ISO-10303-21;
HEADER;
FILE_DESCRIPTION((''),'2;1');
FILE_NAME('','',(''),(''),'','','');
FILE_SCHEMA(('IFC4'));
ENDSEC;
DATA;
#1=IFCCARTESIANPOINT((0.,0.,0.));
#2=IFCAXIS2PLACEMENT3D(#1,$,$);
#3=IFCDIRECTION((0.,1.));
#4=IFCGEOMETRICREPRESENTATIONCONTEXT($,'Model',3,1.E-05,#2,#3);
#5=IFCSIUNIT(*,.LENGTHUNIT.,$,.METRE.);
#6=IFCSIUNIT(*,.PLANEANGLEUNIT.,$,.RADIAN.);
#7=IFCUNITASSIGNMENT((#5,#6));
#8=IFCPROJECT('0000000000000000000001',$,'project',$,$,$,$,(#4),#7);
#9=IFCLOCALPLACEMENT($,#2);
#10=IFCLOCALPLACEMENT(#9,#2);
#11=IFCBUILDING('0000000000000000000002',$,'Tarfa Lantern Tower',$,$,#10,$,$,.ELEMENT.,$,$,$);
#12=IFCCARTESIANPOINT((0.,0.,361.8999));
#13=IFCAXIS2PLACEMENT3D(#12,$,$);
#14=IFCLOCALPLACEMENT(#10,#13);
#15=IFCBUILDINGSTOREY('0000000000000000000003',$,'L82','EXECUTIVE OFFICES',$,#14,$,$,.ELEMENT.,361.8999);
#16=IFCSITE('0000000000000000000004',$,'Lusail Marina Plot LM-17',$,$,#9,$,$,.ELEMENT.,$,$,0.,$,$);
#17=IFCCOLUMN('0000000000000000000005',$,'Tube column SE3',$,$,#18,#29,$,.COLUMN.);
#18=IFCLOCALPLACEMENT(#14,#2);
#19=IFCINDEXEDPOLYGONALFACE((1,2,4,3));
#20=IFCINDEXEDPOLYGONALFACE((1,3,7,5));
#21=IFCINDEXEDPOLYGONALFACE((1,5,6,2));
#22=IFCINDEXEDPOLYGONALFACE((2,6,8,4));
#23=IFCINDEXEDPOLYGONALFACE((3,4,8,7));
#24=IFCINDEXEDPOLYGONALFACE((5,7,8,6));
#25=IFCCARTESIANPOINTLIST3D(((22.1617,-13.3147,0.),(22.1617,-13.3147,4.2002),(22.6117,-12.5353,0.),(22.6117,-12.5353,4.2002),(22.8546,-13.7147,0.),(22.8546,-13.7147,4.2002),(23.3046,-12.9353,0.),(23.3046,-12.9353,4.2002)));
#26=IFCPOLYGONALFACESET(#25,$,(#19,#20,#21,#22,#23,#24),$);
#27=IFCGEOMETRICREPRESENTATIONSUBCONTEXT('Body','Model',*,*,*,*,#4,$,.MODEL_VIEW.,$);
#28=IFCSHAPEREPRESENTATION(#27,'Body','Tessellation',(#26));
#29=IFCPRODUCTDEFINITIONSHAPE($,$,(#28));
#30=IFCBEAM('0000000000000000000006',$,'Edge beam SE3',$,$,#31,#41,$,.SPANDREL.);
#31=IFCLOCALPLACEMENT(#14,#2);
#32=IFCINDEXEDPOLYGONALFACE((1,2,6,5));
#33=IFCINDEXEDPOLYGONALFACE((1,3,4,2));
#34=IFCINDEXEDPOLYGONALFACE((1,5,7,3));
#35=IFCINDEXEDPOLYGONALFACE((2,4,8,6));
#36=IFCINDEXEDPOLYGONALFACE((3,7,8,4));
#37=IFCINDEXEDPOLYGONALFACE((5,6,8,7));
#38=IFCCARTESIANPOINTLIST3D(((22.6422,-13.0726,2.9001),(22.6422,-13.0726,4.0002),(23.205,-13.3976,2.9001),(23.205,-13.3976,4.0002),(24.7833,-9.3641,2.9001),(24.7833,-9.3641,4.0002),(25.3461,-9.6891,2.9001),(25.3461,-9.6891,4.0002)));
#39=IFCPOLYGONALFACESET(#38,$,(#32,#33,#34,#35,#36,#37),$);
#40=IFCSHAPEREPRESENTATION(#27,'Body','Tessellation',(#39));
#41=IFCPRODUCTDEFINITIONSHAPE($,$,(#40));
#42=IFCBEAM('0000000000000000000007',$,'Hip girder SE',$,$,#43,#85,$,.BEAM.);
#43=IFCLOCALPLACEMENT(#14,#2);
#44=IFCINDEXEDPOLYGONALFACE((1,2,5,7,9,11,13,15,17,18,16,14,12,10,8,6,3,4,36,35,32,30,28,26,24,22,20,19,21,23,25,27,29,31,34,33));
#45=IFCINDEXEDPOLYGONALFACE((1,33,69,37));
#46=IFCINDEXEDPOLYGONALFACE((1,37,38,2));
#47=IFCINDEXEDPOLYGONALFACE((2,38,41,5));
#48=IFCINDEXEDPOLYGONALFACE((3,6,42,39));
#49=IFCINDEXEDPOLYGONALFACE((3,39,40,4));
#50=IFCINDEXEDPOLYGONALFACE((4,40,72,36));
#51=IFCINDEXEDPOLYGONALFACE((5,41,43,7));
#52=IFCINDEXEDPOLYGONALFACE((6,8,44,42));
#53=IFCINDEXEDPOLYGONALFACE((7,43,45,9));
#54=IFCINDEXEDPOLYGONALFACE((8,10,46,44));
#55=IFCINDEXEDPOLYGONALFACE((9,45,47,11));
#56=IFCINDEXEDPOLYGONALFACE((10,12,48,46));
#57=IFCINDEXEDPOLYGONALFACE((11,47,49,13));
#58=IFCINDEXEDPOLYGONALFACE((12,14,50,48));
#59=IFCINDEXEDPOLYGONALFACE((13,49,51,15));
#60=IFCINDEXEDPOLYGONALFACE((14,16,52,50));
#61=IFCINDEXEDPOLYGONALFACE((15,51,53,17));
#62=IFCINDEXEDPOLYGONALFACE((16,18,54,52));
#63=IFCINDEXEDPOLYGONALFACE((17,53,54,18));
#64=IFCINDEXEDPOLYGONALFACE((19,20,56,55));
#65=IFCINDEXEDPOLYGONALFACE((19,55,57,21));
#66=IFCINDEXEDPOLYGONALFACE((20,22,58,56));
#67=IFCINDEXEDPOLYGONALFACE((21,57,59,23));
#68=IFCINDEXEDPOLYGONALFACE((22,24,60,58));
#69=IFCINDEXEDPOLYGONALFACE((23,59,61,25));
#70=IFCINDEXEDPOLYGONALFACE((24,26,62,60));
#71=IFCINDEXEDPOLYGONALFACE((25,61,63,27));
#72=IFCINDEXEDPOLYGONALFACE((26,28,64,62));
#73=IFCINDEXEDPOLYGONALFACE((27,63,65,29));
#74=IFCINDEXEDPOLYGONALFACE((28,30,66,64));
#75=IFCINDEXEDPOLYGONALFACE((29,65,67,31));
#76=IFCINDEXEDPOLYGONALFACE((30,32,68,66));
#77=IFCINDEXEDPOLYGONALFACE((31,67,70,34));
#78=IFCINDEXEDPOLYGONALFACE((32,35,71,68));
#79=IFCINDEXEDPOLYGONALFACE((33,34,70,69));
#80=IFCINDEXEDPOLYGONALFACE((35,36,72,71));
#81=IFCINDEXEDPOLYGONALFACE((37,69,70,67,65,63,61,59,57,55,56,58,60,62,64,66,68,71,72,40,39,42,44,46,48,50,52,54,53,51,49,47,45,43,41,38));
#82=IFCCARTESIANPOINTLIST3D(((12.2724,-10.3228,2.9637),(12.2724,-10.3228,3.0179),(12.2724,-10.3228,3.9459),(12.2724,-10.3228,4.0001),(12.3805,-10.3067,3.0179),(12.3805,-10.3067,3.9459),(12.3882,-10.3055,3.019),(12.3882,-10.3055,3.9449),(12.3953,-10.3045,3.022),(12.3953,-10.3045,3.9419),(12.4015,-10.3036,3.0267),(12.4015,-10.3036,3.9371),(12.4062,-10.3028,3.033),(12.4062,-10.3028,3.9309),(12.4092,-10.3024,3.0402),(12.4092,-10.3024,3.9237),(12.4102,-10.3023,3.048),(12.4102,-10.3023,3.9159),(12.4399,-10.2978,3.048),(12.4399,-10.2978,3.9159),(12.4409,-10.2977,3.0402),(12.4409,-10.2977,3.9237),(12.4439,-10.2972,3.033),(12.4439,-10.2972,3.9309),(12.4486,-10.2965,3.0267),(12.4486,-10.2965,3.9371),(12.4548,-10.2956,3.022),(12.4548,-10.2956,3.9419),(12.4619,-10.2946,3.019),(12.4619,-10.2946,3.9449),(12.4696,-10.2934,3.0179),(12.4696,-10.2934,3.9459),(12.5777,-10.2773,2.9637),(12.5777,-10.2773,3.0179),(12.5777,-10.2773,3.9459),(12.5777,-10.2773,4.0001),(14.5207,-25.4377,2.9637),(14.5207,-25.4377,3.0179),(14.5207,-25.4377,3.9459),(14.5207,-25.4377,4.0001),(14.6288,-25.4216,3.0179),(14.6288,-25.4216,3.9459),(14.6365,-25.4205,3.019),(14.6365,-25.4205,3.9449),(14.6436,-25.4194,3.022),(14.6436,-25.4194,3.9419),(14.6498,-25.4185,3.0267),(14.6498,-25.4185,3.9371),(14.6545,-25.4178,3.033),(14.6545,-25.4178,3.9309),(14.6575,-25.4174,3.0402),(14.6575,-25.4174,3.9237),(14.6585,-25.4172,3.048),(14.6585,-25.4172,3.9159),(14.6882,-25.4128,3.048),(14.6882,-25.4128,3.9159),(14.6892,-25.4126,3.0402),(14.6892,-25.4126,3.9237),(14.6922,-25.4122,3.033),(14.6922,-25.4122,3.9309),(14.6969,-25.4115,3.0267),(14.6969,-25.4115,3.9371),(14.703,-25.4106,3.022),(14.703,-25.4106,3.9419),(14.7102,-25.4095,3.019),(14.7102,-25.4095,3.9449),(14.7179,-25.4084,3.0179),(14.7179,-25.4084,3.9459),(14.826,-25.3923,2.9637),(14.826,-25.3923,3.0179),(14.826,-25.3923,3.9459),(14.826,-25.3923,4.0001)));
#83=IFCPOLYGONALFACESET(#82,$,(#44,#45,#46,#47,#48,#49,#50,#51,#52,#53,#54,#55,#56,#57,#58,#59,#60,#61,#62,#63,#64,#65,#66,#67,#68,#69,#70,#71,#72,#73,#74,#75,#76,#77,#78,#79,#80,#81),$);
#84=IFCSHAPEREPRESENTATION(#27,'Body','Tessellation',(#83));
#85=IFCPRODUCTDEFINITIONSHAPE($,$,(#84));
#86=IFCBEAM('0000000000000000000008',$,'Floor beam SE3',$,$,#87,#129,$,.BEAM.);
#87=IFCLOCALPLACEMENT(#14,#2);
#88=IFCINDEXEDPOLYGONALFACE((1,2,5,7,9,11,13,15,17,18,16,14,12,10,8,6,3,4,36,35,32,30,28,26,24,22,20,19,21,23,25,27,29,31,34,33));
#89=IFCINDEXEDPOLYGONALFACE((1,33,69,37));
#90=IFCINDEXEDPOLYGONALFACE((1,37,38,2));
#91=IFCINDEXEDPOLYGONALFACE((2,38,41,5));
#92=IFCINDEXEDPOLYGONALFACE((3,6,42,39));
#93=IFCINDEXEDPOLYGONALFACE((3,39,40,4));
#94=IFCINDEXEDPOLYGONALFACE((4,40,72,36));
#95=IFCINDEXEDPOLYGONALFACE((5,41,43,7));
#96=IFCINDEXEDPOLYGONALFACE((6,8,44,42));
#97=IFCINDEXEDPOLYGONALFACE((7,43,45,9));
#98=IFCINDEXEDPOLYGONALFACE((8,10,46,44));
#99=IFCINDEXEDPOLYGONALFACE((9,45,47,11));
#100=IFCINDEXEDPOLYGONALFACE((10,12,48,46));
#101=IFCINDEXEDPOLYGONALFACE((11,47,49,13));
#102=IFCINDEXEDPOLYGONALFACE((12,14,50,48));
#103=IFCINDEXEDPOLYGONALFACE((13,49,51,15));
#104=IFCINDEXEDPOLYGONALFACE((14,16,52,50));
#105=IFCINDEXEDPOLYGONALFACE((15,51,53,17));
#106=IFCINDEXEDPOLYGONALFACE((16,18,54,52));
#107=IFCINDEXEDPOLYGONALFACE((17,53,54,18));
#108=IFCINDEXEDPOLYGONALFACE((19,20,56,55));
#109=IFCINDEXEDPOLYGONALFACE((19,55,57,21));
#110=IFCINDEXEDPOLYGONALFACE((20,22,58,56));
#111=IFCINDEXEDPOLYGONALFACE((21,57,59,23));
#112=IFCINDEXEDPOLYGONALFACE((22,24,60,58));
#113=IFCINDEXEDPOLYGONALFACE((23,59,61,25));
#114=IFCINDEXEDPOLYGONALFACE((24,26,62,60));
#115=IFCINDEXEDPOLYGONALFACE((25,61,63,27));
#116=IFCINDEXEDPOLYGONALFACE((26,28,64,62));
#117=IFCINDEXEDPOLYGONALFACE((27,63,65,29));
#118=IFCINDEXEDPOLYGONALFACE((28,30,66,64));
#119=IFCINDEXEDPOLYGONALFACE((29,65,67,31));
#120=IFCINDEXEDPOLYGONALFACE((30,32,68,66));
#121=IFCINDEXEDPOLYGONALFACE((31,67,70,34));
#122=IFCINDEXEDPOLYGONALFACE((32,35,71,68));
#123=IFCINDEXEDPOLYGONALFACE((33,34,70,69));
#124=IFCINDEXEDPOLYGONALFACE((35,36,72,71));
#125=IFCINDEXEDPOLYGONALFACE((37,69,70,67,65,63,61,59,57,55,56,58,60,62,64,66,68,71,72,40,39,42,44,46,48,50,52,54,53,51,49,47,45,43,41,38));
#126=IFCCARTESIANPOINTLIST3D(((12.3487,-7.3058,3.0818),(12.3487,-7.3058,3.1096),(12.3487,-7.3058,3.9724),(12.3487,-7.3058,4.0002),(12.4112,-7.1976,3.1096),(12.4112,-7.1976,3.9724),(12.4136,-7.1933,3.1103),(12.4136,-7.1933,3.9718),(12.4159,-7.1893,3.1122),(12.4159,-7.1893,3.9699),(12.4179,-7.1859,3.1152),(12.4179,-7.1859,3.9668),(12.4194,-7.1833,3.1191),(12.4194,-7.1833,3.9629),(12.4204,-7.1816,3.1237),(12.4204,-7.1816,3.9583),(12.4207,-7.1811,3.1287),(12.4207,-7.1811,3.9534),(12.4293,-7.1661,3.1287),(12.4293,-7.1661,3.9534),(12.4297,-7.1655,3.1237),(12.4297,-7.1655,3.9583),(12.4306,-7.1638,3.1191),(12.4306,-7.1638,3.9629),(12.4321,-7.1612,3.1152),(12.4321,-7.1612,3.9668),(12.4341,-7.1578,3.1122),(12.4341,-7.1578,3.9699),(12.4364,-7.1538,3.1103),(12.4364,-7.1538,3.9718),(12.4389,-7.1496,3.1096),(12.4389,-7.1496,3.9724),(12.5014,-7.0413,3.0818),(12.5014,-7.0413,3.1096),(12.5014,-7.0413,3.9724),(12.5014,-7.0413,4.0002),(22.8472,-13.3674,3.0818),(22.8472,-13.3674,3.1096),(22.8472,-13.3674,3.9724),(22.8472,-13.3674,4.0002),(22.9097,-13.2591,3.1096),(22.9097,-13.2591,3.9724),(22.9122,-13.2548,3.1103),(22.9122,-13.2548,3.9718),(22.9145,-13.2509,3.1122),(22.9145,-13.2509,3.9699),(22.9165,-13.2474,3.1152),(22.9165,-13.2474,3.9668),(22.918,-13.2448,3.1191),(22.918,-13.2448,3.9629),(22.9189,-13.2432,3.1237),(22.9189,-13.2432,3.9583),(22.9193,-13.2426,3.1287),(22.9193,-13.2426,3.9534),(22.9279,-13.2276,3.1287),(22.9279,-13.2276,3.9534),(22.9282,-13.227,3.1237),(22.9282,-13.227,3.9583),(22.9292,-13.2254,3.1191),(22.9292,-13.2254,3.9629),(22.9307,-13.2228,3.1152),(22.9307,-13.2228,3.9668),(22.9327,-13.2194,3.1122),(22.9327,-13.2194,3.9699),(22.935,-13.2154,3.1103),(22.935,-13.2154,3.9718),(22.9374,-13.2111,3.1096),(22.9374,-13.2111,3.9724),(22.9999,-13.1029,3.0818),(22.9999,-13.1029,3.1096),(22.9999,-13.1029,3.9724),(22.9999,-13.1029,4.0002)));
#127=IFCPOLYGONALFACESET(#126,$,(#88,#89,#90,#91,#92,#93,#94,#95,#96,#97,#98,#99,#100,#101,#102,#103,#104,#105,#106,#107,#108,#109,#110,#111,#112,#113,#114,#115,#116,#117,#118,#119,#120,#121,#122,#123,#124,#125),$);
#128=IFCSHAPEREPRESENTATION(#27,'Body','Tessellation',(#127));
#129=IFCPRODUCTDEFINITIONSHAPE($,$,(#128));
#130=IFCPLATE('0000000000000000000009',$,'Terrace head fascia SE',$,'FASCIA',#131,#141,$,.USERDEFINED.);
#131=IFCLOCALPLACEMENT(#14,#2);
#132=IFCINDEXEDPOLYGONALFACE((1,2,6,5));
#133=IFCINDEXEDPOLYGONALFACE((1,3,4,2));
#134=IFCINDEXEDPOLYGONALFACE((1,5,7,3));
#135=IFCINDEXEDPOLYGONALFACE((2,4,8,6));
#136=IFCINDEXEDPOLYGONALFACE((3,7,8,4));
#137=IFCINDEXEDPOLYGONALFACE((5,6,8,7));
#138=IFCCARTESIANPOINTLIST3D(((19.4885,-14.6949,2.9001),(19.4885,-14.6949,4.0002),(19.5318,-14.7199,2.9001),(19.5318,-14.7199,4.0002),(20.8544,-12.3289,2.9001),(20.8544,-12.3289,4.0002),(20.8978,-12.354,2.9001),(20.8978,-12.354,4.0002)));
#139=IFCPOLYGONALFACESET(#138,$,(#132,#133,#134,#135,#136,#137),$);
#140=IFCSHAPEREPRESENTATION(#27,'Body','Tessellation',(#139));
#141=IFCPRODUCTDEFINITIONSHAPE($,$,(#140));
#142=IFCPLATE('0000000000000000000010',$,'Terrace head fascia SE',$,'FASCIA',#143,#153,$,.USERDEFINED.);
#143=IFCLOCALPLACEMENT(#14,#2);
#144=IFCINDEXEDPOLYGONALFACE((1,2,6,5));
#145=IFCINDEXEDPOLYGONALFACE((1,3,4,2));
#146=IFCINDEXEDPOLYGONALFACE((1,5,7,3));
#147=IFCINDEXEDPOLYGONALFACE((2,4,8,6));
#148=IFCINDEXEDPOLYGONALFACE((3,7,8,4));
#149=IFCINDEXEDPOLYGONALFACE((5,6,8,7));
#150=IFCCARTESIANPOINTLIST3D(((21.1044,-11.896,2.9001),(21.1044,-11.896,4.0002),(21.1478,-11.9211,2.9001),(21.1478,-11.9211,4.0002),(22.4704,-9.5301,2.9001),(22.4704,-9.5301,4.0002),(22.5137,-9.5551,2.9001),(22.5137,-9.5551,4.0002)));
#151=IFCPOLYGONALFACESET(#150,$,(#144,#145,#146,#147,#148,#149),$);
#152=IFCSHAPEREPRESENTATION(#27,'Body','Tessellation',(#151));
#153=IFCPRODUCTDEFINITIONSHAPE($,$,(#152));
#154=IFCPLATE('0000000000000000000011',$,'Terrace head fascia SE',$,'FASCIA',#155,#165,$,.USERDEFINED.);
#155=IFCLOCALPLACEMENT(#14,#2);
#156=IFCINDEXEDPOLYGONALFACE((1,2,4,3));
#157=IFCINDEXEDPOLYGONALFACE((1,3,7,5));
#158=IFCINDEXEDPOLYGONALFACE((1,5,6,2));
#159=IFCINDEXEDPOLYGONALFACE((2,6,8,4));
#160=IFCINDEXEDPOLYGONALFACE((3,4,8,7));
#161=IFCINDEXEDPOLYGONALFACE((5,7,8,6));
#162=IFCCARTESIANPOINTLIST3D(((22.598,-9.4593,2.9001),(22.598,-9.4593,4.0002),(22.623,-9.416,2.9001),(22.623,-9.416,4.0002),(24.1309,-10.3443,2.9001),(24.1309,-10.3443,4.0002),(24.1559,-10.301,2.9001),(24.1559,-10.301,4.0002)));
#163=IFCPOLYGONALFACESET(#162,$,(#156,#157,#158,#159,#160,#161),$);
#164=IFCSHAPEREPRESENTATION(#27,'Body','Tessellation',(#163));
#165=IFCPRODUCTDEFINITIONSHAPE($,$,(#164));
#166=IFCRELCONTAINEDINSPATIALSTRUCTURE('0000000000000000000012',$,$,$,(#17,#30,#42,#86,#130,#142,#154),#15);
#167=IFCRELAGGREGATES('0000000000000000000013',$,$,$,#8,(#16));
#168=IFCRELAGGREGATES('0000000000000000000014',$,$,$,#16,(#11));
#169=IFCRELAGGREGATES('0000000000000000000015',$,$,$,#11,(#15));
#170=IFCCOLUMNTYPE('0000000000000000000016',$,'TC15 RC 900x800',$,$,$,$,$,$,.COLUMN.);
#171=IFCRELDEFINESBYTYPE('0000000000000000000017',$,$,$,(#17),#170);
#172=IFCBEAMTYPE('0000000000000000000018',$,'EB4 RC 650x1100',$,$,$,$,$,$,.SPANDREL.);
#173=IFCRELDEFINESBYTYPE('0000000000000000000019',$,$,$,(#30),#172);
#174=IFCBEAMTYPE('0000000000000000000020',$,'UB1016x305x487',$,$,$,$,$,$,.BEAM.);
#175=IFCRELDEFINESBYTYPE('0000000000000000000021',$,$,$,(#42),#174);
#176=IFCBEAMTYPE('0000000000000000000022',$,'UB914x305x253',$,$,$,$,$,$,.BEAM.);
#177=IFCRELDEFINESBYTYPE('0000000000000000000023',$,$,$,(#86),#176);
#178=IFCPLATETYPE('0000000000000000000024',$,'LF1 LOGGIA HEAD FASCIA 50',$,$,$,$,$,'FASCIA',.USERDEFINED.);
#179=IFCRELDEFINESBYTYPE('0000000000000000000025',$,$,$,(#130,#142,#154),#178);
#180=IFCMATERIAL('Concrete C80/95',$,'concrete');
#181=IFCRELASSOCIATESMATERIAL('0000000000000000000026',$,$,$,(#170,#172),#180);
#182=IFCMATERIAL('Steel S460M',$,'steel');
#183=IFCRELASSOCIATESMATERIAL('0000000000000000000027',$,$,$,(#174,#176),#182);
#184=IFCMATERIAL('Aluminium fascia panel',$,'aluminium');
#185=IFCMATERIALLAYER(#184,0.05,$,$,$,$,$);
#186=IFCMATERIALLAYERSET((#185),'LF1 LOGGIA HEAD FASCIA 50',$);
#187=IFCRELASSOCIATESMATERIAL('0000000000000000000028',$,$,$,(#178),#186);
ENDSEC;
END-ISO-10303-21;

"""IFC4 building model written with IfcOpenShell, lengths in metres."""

from ifc_helpers import new_model, si_unit, direction, frame, origin, origin_2d, place, context, subcontext, project, spatial, rectangle, i_section, extrude, material, layer, layer_set, material_profile, profile_set, type_object, element, save


model = new_model("IFC4")

# Units and contexts
model_context = context("Model", 3, precision=1e-05, world=origin(), true_north=direction((0.0, 1.0)))
body_context = subcontext(model_context, "Body", "Model", "MODEL_VIEW")
ifc_project = project(units=[si_unit("LENGTHUNIT", "METRE"), si_unit("PLANEANGLEUNIT", "RADIAN")], contexts=[model_context])

# Site, building, storey
site_placement = place(None, origin())
site = spatial("IfcSite", under=ifc_project, at=site_placement, Name="Lusail Marina Plot LM-17", CompositionType="ELEMENT", RefElevation=0.0)
building_placement = place(site_placement, origin())
building = spatial("IfcBuilding", under=site, at=building_placement, Name="Tarfa Lantern Tower", CompositionType="ELEMENT")
storey_placement = place(building_placement, frame((0.0, 0.0, 361.8999)))
storey = spatial("IfcBuildingStorey", under=building, at=storey_placement, Name="L82", Description="EXECUTIVE OFFICES", CompositionType="ELEMENT", Elevation=361.8999)

# Column
ifc_material_1 = material(Name="Concrete C80/95", Category="concrete")
ifc_material_profile_1 = material_profile(ifc_material_1, rectangle(XDim=0.8999, YDim=0.8, at=origin_2d()), Name="RC 900x800")
ifc_profile_set_1 = profile_set([ifc_material_profile_1], Name="Concrete C80/95")
column_type = type_object("IfcColumnType", Name="TC15 RC 900x800", PredefinedType="COLUMN", material=ifc_profile_set_1)
column_placement = place(storey_placement, frame((22.7332, -13.125, 0.0), z_axis=(0.0, 0.0, 1.0), x_axis=(0.5, 0.866025, 0.0)))
element("IfcColumn", 1, at=column_placement, inside=storey, type_object=column_type, Name="Tube column SE3", PredefinedType="COLUMN", context=body_context, shape_type="SweptSolid", body=[
    extrude(rectangle(XDim=0.8999, YDim=0.8, at=origin_2d()), origin(), (0.0, 0.0, 1.0), 4.2002),
])

# Beams
ifc_material_profile_2 = material_profile(ifc_material_1, rectangle(XDim=0.6499, YDim=1.1001, at=origin_2d()), Name="RC 650x1100")
ifc_profile_set_2 = profile_set([ifc_material_profile_2], Name="Concrete C80/95")
beam_type_1 = type_object("IfcBeamType", Name="EB4 RC 650x1100", PredefinedType="SPANDREL", material=ifc_profile_set_2)
beam_1_placement = place(storey_placement, frame((22.9236, -13.2351, 3.4502), z_axis=(0.500002, 0.866024, 0.0), x_axis=(-0.866024, 0.500002, 0.0)))
element("IfcBeam", 2, at=beam_1_placement, inside=storey, type_object=beam_type_1, Name="Edge beam SE3", PredefinedType="SPANDREL", context=body_context, shape_type="SweptSolid", body=[
    extrude(rectangle(XDim=0.6499, YDim=1.1001, at=origin_2d()), origin(), (0.0, 0.0, 1.0), 4.2822),
])
ifc_material_2 = material(Name="Steel S460M", Category="steel")
ifc_material_profile_3 = material_profile(ifc_material_2, i_section(OverallWidth=0.3086, OverallDepth=1.0364, WebThickness=0.03, FlangeThickness=0.0542, FilletRadius=0.03, at=origin_2d()), Name="UB1016x305x487")
ifc_profile_set_3 = profile_set([ifc_material_profile_3], Name="Steel S460M")
beam_type_2 = type_object("IfcBeamType", Name="UB1016x305x487", PredefinedType="BEAM", material=ifc_profile_set_3)
beam_2_placement = place(storey_placement, frame((12.425, -10.3, 3.4819), z_axis=(0.147127, -0.989118, 0.0), x_axis=(0.989118, 0.147127, 0.0)))
element("IfcBeam", 3, at=beam_2_placement, inside=storey, type_object=beam_type_2, Name="Hip girder SE", PredefinedType="BEAM", context=body_context, shape_type="SweptSolid", body=[
    extrude(i_section(OverallWidth=0.3086, OverallDepth=1.0364, WebThickness=0.03, FlangeThickness=0.0542, FilletRadius=0.03, at=origin_2d()), origin(), (0.0, 0.0, 1.0), 15.2812),
])
ifc_material_profile_4 = material_profile(ifc_material_2, i_section(OverallWidth=0.3054, OverallDepth=0.9185, WebThickness=0.0173, FlangeThickness=0.0278, FilletRadius=0.019, at=origin_2d()), Name="UB914x305x253")
ifc_profile_set_4 = profile_set([ifc_material_profile_4], Name="Steel S460M")
beam_type_3 = type_object("IfcBeamType", Name="UB914x305x253", PredefinedType="BEAM", material=ifc_profile_set_4)
beam_3_placement = place(storey_placement, frame((22.9236, -13.2351, 3.541), z_axis=(-0.866019, 0.500012, 0.0), x_axis=(-0.500012, -0.866019, 0.0)))
element("IfcBeam", 4, at=beam_3_placement, inside=storey, type_object=beam_type_3, Name="Floor beam SE3", PredefinedType="BEAM", context=body_context, shape_type="SweptSolid", body=[
    extrude(i_section(OverallWidth=0.3054, OverallDepth=0.9185, WebThickness=0.0173, FlangeThickness=0.0278, FilletRadius=0.019, at=origin_2d()), origin(), (0.0, 0.0, 1.0), 12.1228),
])

# Plates
ifc_material_3 = material(Name="Aluminium fascia panel", Category="aluminium")
ifc_layer_1 = layer(ifc_material_3, 0.05)
ifc_layer_set_1 = layer_set([ifc_layer_1], Name="LF1 LOGGIA HEAD FASCIA 50")
plate_type = type_object("IfcPlateType", Name="LF1 LOGGIA HEAD FASCIA 50", ElementType="FASCIA", PredefinedType="USERDEFINED", material=ifc_layer_set_1)
for number, where, z_axis, x_axis, name in (
    (5, (20.1931, -13.5244, 2.9001), (0.0, 0.0, 1.0), (0.5, 0.866025, 0.0), "Terrace head fascia SE"),
    (6, (21.8091, -10.7256, 2.9001), (0.0, 0.0, 1.0), (0.5, 0.866025, 0.0), "Terrace head fascia SE"),
):
    element("IfcPlate", number, at=place(storey_placement, frame(where, z_axis=z_axis, x_axis=x_axis)), inside=storey, type_object=plate_type, Name=name, ObjectType="FASCIA", PredefinedType="USERDEFINED", context=body_context, shape_type="SweptSolid", body=[
        extrude(rectangle(XDim=2.7319, YDim=0.05, at=origin_2d()), origin(), (0.0, 0.0, 1.0), 1.1001),
    ])
plate_placement = place(storey_placement, frame((23.377, -9.8801, 2.9001), z_axis=(0.0, 0.0, 1.0), x_axis=(-0.866025, 0.5, 0.0)))
element("IfcPlate", 7, at=plate_placement, inside=storey, type_object=plate_type, Name="Terrace head fascia SE", ObjectType="FASCIA", PredefinedType="USERDEFINED", context=body_context, shape_type="SweptSolid", body=[
    extrude(rectangle(XDim=1.77, YDim=0.05, at=origin_2d()), origin(), (0.0, 0.0, 1.0), 1.1001),
])

save(model, "model.ifc")
